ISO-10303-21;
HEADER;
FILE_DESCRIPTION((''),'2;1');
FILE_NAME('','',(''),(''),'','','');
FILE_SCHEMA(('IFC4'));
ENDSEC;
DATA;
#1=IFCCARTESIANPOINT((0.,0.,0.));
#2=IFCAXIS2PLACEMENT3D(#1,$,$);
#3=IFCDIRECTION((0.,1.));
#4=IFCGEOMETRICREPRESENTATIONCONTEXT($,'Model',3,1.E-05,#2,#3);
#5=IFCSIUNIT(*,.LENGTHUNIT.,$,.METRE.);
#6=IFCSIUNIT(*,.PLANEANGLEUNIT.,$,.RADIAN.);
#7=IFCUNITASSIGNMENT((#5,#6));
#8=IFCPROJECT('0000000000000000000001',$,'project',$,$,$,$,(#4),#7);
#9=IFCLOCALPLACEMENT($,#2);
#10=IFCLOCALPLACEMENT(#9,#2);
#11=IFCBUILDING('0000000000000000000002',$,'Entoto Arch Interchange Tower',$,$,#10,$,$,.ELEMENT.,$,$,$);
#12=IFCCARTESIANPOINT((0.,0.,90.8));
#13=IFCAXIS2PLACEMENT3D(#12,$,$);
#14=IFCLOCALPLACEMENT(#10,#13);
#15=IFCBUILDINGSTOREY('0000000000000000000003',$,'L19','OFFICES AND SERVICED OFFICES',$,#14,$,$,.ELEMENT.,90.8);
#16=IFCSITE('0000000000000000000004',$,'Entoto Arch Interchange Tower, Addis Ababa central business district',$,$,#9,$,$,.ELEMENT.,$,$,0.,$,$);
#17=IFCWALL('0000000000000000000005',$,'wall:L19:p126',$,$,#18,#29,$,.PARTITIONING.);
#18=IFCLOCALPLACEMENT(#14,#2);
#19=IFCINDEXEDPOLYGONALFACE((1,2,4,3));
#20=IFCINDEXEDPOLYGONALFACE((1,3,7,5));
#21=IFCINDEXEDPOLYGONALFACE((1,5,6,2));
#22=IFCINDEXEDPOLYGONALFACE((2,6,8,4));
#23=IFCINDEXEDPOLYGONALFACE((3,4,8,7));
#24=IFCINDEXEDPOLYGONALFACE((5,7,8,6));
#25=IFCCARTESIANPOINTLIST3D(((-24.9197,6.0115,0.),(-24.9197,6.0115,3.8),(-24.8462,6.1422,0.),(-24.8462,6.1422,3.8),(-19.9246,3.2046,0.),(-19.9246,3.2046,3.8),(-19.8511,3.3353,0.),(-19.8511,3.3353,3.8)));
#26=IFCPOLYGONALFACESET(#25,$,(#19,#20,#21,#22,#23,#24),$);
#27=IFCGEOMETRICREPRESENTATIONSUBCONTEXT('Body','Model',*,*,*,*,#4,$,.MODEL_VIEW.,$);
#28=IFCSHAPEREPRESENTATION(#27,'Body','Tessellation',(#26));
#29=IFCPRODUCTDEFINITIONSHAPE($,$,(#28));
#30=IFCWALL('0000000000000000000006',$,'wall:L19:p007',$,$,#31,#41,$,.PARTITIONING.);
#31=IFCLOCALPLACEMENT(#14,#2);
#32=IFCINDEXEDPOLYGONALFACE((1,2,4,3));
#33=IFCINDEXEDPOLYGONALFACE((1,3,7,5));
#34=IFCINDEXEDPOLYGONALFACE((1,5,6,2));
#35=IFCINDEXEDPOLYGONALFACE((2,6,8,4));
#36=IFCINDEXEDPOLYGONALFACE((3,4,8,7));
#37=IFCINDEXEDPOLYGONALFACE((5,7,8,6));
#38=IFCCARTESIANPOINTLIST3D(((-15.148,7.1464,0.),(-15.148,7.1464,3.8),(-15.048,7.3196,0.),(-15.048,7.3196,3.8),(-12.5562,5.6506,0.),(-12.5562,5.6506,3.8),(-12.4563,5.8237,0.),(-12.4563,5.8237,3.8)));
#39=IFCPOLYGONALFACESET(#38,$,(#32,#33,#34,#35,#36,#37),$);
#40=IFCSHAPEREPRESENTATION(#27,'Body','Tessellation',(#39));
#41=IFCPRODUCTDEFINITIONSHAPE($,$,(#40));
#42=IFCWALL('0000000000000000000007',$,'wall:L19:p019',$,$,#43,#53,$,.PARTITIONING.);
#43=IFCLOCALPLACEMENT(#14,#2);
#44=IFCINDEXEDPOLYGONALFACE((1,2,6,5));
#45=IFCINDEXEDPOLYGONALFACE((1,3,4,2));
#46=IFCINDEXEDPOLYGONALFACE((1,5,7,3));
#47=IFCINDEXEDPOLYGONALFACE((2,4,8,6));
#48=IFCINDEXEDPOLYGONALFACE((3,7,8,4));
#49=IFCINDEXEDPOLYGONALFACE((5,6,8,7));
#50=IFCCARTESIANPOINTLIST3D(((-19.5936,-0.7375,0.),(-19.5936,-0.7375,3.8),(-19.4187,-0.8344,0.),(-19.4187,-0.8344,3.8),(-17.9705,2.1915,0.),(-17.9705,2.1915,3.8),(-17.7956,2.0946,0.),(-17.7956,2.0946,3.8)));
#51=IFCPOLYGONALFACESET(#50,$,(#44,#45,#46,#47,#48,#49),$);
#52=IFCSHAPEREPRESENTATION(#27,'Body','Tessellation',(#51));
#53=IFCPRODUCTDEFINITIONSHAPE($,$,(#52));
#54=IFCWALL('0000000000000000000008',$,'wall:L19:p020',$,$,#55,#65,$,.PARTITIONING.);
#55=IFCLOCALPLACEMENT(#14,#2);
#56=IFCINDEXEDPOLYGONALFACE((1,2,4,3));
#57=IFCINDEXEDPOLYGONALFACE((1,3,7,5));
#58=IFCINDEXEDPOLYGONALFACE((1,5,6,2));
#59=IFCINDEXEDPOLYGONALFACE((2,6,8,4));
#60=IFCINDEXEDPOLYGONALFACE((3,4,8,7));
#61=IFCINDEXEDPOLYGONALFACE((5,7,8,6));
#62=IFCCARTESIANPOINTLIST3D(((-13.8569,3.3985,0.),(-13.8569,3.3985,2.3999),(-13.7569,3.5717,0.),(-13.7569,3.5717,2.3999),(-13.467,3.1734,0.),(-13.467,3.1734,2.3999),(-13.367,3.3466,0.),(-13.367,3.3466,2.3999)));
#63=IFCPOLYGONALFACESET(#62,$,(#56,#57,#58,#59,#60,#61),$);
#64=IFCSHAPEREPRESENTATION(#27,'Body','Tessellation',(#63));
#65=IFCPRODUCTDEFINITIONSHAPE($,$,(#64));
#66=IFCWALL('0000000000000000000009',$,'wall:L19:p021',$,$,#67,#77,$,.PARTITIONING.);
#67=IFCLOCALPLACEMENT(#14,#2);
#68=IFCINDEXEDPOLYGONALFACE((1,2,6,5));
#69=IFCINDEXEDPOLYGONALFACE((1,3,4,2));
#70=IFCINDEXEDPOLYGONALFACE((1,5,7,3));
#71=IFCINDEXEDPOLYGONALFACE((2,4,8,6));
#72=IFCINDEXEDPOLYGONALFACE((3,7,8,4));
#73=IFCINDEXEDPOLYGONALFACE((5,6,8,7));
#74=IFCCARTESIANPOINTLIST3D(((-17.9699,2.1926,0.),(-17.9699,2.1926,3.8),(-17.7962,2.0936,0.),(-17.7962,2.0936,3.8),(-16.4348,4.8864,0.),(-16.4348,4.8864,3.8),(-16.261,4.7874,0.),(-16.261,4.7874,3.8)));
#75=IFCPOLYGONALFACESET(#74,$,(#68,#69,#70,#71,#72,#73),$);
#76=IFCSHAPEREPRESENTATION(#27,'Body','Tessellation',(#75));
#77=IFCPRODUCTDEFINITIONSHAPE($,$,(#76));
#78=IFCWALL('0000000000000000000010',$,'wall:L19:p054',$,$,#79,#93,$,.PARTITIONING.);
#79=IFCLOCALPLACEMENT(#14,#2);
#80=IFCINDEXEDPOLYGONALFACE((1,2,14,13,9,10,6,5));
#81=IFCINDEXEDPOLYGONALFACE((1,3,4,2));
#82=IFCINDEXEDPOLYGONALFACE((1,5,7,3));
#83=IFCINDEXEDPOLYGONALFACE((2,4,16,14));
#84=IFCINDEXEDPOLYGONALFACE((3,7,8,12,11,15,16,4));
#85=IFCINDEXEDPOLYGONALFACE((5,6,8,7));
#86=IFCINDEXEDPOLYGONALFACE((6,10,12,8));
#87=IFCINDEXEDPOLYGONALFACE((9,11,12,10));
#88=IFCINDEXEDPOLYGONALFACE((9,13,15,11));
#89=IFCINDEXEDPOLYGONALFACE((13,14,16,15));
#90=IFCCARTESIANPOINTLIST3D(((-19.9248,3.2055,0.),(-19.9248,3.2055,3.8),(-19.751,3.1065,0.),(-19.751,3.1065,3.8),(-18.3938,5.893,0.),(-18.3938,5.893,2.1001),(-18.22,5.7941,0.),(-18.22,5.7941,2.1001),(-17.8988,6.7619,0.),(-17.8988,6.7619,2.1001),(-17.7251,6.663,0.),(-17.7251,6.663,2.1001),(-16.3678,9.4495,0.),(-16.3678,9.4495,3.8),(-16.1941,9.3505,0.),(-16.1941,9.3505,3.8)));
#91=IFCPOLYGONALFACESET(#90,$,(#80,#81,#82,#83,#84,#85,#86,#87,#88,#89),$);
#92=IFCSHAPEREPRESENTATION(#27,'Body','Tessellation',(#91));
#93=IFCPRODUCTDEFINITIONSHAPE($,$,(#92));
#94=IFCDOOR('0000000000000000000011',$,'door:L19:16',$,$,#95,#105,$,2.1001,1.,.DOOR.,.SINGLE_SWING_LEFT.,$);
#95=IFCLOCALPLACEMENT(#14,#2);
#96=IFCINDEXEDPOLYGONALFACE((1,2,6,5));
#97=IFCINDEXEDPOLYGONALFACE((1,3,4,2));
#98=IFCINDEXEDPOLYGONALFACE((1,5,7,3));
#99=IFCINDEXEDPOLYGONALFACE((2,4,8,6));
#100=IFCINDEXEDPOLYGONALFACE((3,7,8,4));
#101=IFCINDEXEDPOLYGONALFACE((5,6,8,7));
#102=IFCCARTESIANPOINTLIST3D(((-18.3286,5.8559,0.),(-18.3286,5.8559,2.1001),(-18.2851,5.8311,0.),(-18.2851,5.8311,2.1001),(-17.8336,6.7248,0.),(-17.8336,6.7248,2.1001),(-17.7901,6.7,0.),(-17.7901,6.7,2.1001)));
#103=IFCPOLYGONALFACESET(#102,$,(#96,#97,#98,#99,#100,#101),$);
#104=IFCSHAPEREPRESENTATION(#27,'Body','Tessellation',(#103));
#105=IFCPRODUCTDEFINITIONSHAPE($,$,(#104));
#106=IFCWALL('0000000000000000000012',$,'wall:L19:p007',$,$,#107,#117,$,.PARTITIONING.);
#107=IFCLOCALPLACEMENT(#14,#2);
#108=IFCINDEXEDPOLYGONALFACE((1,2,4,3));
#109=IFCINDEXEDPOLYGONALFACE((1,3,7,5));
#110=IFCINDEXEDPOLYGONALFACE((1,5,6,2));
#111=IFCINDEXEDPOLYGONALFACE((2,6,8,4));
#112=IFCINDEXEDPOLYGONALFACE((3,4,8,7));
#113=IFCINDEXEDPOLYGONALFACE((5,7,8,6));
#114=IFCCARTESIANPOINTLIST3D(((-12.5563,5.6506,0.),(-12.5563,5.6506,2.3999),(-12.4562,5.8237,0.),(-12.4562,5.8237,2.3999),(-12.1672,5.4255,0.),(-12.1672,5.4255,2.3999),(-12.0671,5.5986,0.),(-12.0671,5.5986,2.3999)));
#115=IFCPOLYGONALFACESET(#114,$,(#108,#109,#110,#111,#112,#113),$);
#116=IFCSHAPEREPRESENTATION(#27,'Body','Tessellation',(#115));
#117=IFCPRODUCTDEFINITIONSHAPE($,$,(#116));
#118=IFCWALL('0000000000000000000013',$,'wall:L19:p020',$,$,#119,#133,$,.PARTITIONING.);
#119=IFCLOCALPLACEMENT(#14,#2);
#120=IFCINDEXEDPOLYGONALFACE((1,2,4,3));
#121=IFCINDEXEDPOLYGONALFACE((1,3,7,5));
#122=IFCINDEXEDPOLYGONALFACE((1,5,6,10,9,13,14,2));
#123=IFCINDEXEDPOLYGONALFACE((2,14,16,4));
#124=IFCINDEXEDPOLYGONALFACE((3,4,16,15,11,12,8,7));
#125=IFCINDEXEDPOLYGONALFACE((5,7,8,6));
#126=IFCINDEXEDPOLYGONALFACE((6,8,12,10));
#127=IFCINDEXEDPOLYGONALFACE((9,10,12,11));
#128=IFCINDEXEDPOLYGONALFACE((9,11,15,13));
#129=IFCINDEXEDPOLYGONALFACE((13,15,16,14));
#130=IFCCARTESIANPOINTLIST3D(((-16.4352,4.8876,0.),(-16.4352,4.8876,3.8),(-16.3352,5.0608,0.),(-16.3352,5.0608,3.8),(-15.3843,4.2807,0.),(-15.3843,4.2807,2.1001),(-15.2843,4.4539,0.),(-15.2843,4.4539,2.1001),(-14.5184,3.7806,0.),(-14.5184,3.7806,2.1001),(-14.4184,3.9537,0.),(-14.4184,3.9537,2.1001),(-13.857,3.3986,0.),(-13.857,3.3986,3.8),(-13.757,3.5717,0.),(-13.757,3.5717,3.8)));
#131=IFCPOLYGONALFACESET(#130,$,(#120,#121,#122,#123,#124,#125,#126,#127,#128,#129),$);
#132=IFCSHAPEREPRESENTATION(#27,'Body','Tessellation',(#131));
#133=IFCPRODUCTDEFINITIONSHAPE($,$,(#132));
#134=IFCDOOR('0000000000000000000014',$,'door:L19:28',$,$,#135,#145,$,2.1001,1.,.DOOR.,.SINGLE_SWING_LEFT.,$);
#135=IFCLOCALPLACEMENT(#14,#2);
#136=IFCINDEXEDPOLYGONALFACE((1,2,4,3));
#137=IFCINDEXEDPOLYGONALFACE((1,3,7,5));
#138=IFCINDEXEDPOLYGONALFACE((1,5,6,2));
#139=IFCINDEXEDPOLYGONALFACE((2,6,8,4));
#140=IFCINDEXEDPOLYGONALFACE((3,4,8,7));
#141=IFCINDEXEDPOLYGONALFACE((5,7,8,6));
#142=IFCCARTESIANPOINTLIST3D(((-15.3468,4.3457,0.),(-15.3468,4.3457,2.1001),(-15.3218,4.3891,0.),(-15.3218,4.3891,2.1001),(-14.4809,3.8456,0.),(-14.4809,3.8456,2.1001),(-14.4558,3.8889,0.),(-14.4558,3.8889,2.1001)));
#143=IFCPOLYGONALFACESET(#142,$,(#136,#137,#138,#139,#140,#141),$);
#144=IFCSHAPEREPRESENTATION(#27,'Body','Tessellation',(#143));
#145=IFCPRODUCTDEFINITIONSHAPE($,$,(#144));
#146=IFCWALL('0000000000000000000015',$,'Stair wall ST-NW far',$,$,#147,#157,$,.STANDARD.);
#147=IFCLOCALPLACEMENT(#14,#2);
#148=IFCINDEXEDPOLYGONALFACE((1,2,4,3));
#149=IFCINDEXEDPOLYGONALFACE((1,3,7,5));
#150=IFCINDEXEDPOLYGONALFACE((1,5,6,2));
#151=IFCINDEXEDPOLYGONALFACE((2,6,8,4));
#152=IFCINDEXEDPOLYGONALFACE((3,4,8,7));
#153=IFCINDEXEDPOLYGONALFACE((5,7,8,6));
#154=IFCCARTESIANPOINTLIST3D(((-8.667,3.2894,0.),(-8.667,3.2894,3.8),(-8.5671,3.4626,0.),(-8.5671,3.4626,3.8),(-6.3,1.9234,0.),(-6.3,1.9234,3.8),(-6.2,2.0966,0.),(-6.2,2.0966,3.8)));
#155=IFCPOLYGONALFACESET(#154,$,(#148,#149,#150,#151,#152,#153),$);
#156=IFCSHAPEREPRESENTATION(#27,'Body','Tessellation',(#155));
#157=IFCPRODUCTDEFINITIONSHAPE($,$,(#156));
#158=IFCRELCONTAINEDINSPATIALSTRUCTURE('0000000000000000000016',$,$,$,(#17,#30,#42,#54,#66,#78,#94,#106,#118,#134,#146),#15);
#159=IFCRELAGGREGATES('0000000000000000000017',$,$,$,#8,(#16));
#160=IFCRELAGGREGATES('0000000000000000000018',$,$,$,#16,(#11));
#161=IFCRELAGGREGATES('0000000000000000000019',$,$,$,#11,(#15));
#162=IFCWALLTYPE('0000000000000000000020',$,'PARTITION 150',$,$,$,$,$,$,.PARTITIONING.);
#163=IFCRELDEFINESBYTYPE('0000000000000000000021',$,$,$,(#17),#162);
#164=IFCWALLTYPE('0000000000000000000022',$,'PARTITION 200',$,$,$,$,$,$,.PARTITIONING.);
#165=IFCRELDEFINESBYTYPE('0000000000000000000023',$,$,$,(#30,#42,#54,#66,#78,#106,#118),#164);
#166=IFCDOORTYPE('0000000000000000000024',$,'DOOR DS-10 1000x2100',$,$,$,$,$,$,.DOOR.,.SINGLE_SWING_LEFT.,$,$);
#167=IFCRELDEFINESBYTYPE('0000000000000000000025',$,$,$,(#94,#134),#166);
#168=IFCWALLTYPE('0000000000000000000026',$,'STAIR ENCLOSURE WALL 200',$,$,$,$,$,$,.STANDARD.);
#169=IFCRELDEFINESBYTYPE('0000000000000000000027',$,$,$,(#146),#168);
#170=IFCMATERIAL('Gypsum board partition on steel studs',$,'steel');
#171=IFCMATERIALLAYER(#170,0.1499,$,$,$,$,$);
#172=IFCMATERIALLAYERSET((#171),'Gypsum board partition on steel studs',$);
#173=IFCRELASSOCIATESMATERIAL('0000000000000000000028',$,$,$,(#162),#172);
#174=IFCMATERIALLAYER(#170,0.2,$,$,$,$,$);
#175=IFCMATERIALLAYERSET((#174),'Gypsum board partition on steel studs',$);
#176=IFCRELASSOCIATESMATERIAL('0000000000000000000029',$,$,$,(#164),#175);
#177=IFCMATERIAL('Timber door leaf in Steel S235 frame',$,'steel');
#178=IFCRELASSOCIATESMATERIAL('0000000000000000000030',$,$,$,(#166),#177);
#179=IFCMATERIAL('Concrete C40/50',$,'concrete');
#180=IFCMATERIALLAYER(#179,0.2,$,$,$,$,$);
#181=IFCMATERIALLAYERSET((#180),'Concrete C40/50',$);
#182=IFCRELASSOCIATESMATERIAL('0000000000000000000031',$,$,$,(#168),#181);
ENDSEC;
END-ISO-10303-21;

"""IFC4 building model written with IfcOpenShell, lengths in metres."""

from ifc_helpers import new_model, si_unit, direction, frame, frame_2d, origin, place, context, subcontext, project, spatial, rectangle, extrude, material, layer, layer_set, type_object, element, fill, save


model = new_model("IFC4")

# Units and contexts
model_context = context("Model", 3, precision=1e-05, world=origin(), true_north=direction((0.0, 1.0)))
body_context = subcontext(model_context, "Body", "Model", "MODEL_VIEW")
ifc_project = project(units=[si_unit("LENGTHUNIT", "METRE"), si_unit("PLANEANGLEUNIT", "RADIAN")], contexts=[model_context])

# Site, building, storey
site_placement = place(None, origin())
site = spatial("IfcSite", under=ifc_project, at=site_placement, Name="Entoto Arch Interchange Tower, Addis Ababa central business district", CompositionType="ELEMENT", RefElevation=0.0)
building_placement = place(site_placement, origin())
building = spatial("IfcBuilding", under=site, at=building_placement, Name="Entoto Arch Interchange Tower", CompositionType="ELEMENT")
storey_placement = place(building_placement, frame((0.0, 0.0, 90.8)))
storey = spatial("IfcBuildingStorey", under=building, at=storey_placement, Name="L19", Description="OFFICES AND SERVICED OFFICES", CompositionType="ELEMENT", Elevation=90.8)

# Shared definitions
ifc_material_1 = material(Name="Concrete C40/50", Category="concrete")

# Walls
ifc_material_2 = material(Name="Gypsum board partition on steel studs", Category="steel")
ifc_layer_1 = layer(ifc_material_2, 0.1499)
ifc_layer_set_1 = layer_set([ifc_layer_1], Name="Gypsum board partition on steel studs")
wall_type_1 = type_object("IfcWallType", Name="PARTITION 150", PredefinedType="PARTITIONING", material=ifc_layer_set_1)
wall_1_placement = place(storey_placement, frame((-19.8879, 3.27, 0.0), z_axis=(0.0, 0.0, 1.0), x_axis=(-0.871789, 0.489881, 0.0)))
element("IfcWall", 1, at=wall_1_placement, inside=storey, type_object=wall_type_1, Name="wall:L19:p126", PredefinedType="PARTITIONING", context=body_context, shape_type="SweptSolid", body=[
    extrude(rectangle(XDim=5.7297, YDim=0.1499, at=frame_2d((2.8647, 0.0))), origin(), (0.0, 0.0, 1.0), 3.8),
])
ifc_layer_2 = layer(ifc_material_2, 0.2)
ifc_layer_set_2 = layer_set([ifc_layer_2], Name="Gypsum board partition on steel studs")
wall_type_2 = type_object("IfcWallType", Name="PARTITION 200", PredefinedType="PARTITIONING", material=ifc_layer_set_2)
wall_2_placement = place(storey_placement, frame((-15.0979, 7.2329, 0.0), z_axis=(0.0, 0.0, 1.0), x_axis=(0.866101, -0.499868, 0.0)))
element("IfcWall", 2, at=wall_2_placement, inside=storey, type_object=wall_type_2, Name="wall:L19:p007", PredefinedType="PARTITIONING", context=body_context, shape_type="SweptSolid", body=[
    extrude(rectangle(XDim=2.9924, YDim=0.2, at=frame_2d((1.4961, 0.0))), origin(), (0.0, 0.0, 1.0), 3.8),
])
wall_3_placement = place(storey_placement, frame((-17.8831, 2.1431, 0.0), z_axis=(0.0, 0.0, 1.0), x_axis=(-0.484696, -0.874683, 0.0)))
element("IfcWall", 3, at=wall_3_placement, inside=storey, type_object=wall_type_2, Name="wall:L19:p019", PredefinedType="PARTITIONING", context=body_context, shape_type="SweptSolid", body=[
    extrude(rectangle(XDim=3.3486, YDim=0.2, at=frame_2d((1.6743, 0.0))), origin(), (0.0, 0.0, 1.0), 3.8),
])
wall_4_placement = place(storey_placement, frame((-13.417, 3.26, 0.0), z_axis=(0.0, 0.0, 1.0), x_axis=(-0.866032, 0.499988, 0.0)))
element("IfcWall", 4, at=wall_4_placement, inside=storey, type_object=wall_type_2, Name="wall:L19:p020", PredefinedType="PARTITIONING", context=body_context, shape_type="SweptSolid", body=[
    extrude(rectangle(XDim=0.4502, YDim=0.2, at=frame_2d((0.2251, 0.0))), origin(), (0.0, 0.0, 1.0), 2.3999),
])
wall_5_placement = place(storey_placement, frame((-16.3479, 4.8369, 0.0), z_axis=(0.0, 0.0, 1.0), x_axis=(-0.495121, -0.868824, 0.0)))
element("IfcWall", 5, at=wall_5_placement, inside=storey, type_object=wall_type_2, Name="wall:L19:p021", PredefinedType="PARTITIONING", context=body_context, shape_type="SweptSolid", body=[
    extrude(rectangle(XDim=3.1006, YDim=0.2, at=frame_2d((1.5503, 0.0))), origin(), (0.0, 0.0, 1.0), 3.8),
])

# Wall, opening, door
wall_6_placement = place(storey_placement, frame((-19.8379, 3.156, 0.0), z_axis=(0.0, 0.0, 1.0), x_axis=(0.494979, 0.868905, 0.0)))
wall_6 = element("IfcWall", 6, at=wall_6_placement, inside=storey, type_object=wall_type_2, Name="wall:L19:p054", PredefinedType="PARTITIONING", context=body_context, shape_type="SweptSolid", body=[
    extrude(rectangle(XDim=7.186, YDim=0.2, at=frame_2d((3.593, 0.0))), origin(), (0.0, 0.0, 1.0), 3.8),
])
opening_1_placement = place(wall_6_placement, frame((3.093, 0.0, 0.0)))
opening_1 = element("IfcOpeningElement", 7, at=opening_1_placement, cuts=wall_6, PredefinedType="OPENING", context=body_context, shape_type="SweptSolid", body=[
    extrude(rectangle(XDim=1.0, YDim=2.1001, at=frame_2d((0.5, 1.05))), frame((0.0, 0.1099, 0.0), z_axis=(0.0, -1.0, 0.0), x_axis=(1.0, 0.0, 0.0)), (0.0, 0.0, 1.0), 0.22),
])
ifc_material_3 = material(Name="Timber door leaf in Steel S235 frame", Category="steel")
door_type_1 = type_object("IfcDoorType", Name="DOOR DS-10 1000x2100", OperationType="SINGLE_SWING_LEFT", PredefinedType="DOOR", material=ifc_material_3)
door_1_placement = place(opening_1_placement, origin())
door_1 = element("IfcDoor", 8, at=door_1_placement, inside=storey, type_object=door_type_1, Name="door:L19:16", OperationType="SINGLE_SWING_LEFT", OverallHeight=2.1001, OverallWidth=1.0, PredefinedType="DOOR", context=body_context, shape_type="SweptSolid", body=[
    extrude(rectangle(XDim=1.0, YDim=2.1001, at=frame_2d((0.5, 1.05))), frame((0.0, 0.0249, 0.0), z_axis=(0.0, -1.0, 0.0), x_axis=(1.0, 0.0, 0.0)), (0.0, 0.0, 1.0), 0.05),
])
fill(opening_1, door_1)

# Wall
wall_7_placement = place(storey_placement, frame((-12.5061, 5.7371, 0.0), z_axis=(0.0, 0.0, 1.0), x_axis=(0.865625, -0.500694, 0.0)))
element("IfcWall", 9, at=wall_7_placement, inside=storey, type_object=wall_type_2, Name="wall:L19:p007", PredefinedType="PARTITIONING", context=body_context, shape_type="SweptSolid", body=[
    extrude(rectangle(XDim=0.4495, YDim=0.2, at=frame_2d((0.2246, 0.0))), origin(), (0.0, 0.0, 1.0), 2.3999),
])

# Wall, opening, door
wall_8_placement = place(storey_placement, frame((-13.8069, 3.4851, 0.0), z_axis=(0.0, 0.0, 1.0), x_axis=(-0.865948, 0.500134, 0.0)))
wall_8 = element("IfcWall", 10, at=wall_8_placement, inside=storey, type_object=wall_type_2, Name="wall:L19:p020", PredefinedType="PARTITIONING", context=body_context, shape_type="SweptSolid", body=[
    extrude(rectangle(XDim=2.9773, YDim=0.2, at=frame_2d((1.4888, 0.0))), origin(), (0.0, 0.0, 1.0), 3.8),
])
opening_2_placement = place(wall_8_placement, frame((0.7639, 0.0, 0.0)))
opening_2 = element("IfcOpeningElement", 11, at=opening_2_placement, cuts=wall_8, PredefinedType="OPENING", context=body_context, shape_type="SweptSolid", body=[
    extrude(rectangle(XDim=1.0, YDim=2.1001, at=frame_2d((0.5, 1.05))), frame((0.0, 0.1099, 0.0), z_axis=(0.0, -1.0, 0.0), x_axis=(1.0, 0.0, 0.0)), (0.0, 0.0, 1.0), 0.22),
])
door_2_placement = place(opening_2_placement, origin())
door_2 = element("IfcDoor", 12, at=door_2_placement, inside=storey, type_object=door_type_1, Name="door:L19:28", OperationType="SINGLE_SWING_LEFT", OverallHeight=2.1001, OverallWidth=1.0, PredefinedType="DOOR", context=body_context, shape_type="SweptSolid", body=[
    extrude(rectangle(XDim=1.0, YDim=2.1001, at=frame_2d((0.5, 1.05))), frame((0.0, 0.0249, 0.0), z_axis=(0.0, -1.0, 0.0), x_axis=(1.0, 0.0, 0.0)), (0.0, 0.0, 1.0), 0.05),
])
fill(opening_2, door_2)

# Wall
ifc_layer_3 = layer(ifc_material_1, 0.2)
ifc_layer_set_3 = layer_set([ifc_layer_3], Name="Concrete C40/50")
wall_type_3 = type_object("IfcWallType", Name="STAIR ENCLOSURE WALL 200", PredefinedType="STANDARD", material=ifc_layer_set_3)
wall_9_placement = place(storey_placement, frame((-6.25, 2.01, 0.0), z_axis=(0.0, 0.0, 1.0), x_axis=(-0.866119, 0.499838, 0.0)))
element("IfcWall", 13, at=wall_9_placement, inside=storey, type_object=wall_type_3, Name="Stair wall ST-NW far", PredefinedType="STANDARD", context=body_context, shape_type="SweptSolid", body=[
    extrude(rectangle(XDim=2.7329, YDim=0.2, at=frame_2d((1.3665, 0.0))), origin(), (0.0, 0.0, 1.0), 3.8),
])

save(model, "model.ifc")
